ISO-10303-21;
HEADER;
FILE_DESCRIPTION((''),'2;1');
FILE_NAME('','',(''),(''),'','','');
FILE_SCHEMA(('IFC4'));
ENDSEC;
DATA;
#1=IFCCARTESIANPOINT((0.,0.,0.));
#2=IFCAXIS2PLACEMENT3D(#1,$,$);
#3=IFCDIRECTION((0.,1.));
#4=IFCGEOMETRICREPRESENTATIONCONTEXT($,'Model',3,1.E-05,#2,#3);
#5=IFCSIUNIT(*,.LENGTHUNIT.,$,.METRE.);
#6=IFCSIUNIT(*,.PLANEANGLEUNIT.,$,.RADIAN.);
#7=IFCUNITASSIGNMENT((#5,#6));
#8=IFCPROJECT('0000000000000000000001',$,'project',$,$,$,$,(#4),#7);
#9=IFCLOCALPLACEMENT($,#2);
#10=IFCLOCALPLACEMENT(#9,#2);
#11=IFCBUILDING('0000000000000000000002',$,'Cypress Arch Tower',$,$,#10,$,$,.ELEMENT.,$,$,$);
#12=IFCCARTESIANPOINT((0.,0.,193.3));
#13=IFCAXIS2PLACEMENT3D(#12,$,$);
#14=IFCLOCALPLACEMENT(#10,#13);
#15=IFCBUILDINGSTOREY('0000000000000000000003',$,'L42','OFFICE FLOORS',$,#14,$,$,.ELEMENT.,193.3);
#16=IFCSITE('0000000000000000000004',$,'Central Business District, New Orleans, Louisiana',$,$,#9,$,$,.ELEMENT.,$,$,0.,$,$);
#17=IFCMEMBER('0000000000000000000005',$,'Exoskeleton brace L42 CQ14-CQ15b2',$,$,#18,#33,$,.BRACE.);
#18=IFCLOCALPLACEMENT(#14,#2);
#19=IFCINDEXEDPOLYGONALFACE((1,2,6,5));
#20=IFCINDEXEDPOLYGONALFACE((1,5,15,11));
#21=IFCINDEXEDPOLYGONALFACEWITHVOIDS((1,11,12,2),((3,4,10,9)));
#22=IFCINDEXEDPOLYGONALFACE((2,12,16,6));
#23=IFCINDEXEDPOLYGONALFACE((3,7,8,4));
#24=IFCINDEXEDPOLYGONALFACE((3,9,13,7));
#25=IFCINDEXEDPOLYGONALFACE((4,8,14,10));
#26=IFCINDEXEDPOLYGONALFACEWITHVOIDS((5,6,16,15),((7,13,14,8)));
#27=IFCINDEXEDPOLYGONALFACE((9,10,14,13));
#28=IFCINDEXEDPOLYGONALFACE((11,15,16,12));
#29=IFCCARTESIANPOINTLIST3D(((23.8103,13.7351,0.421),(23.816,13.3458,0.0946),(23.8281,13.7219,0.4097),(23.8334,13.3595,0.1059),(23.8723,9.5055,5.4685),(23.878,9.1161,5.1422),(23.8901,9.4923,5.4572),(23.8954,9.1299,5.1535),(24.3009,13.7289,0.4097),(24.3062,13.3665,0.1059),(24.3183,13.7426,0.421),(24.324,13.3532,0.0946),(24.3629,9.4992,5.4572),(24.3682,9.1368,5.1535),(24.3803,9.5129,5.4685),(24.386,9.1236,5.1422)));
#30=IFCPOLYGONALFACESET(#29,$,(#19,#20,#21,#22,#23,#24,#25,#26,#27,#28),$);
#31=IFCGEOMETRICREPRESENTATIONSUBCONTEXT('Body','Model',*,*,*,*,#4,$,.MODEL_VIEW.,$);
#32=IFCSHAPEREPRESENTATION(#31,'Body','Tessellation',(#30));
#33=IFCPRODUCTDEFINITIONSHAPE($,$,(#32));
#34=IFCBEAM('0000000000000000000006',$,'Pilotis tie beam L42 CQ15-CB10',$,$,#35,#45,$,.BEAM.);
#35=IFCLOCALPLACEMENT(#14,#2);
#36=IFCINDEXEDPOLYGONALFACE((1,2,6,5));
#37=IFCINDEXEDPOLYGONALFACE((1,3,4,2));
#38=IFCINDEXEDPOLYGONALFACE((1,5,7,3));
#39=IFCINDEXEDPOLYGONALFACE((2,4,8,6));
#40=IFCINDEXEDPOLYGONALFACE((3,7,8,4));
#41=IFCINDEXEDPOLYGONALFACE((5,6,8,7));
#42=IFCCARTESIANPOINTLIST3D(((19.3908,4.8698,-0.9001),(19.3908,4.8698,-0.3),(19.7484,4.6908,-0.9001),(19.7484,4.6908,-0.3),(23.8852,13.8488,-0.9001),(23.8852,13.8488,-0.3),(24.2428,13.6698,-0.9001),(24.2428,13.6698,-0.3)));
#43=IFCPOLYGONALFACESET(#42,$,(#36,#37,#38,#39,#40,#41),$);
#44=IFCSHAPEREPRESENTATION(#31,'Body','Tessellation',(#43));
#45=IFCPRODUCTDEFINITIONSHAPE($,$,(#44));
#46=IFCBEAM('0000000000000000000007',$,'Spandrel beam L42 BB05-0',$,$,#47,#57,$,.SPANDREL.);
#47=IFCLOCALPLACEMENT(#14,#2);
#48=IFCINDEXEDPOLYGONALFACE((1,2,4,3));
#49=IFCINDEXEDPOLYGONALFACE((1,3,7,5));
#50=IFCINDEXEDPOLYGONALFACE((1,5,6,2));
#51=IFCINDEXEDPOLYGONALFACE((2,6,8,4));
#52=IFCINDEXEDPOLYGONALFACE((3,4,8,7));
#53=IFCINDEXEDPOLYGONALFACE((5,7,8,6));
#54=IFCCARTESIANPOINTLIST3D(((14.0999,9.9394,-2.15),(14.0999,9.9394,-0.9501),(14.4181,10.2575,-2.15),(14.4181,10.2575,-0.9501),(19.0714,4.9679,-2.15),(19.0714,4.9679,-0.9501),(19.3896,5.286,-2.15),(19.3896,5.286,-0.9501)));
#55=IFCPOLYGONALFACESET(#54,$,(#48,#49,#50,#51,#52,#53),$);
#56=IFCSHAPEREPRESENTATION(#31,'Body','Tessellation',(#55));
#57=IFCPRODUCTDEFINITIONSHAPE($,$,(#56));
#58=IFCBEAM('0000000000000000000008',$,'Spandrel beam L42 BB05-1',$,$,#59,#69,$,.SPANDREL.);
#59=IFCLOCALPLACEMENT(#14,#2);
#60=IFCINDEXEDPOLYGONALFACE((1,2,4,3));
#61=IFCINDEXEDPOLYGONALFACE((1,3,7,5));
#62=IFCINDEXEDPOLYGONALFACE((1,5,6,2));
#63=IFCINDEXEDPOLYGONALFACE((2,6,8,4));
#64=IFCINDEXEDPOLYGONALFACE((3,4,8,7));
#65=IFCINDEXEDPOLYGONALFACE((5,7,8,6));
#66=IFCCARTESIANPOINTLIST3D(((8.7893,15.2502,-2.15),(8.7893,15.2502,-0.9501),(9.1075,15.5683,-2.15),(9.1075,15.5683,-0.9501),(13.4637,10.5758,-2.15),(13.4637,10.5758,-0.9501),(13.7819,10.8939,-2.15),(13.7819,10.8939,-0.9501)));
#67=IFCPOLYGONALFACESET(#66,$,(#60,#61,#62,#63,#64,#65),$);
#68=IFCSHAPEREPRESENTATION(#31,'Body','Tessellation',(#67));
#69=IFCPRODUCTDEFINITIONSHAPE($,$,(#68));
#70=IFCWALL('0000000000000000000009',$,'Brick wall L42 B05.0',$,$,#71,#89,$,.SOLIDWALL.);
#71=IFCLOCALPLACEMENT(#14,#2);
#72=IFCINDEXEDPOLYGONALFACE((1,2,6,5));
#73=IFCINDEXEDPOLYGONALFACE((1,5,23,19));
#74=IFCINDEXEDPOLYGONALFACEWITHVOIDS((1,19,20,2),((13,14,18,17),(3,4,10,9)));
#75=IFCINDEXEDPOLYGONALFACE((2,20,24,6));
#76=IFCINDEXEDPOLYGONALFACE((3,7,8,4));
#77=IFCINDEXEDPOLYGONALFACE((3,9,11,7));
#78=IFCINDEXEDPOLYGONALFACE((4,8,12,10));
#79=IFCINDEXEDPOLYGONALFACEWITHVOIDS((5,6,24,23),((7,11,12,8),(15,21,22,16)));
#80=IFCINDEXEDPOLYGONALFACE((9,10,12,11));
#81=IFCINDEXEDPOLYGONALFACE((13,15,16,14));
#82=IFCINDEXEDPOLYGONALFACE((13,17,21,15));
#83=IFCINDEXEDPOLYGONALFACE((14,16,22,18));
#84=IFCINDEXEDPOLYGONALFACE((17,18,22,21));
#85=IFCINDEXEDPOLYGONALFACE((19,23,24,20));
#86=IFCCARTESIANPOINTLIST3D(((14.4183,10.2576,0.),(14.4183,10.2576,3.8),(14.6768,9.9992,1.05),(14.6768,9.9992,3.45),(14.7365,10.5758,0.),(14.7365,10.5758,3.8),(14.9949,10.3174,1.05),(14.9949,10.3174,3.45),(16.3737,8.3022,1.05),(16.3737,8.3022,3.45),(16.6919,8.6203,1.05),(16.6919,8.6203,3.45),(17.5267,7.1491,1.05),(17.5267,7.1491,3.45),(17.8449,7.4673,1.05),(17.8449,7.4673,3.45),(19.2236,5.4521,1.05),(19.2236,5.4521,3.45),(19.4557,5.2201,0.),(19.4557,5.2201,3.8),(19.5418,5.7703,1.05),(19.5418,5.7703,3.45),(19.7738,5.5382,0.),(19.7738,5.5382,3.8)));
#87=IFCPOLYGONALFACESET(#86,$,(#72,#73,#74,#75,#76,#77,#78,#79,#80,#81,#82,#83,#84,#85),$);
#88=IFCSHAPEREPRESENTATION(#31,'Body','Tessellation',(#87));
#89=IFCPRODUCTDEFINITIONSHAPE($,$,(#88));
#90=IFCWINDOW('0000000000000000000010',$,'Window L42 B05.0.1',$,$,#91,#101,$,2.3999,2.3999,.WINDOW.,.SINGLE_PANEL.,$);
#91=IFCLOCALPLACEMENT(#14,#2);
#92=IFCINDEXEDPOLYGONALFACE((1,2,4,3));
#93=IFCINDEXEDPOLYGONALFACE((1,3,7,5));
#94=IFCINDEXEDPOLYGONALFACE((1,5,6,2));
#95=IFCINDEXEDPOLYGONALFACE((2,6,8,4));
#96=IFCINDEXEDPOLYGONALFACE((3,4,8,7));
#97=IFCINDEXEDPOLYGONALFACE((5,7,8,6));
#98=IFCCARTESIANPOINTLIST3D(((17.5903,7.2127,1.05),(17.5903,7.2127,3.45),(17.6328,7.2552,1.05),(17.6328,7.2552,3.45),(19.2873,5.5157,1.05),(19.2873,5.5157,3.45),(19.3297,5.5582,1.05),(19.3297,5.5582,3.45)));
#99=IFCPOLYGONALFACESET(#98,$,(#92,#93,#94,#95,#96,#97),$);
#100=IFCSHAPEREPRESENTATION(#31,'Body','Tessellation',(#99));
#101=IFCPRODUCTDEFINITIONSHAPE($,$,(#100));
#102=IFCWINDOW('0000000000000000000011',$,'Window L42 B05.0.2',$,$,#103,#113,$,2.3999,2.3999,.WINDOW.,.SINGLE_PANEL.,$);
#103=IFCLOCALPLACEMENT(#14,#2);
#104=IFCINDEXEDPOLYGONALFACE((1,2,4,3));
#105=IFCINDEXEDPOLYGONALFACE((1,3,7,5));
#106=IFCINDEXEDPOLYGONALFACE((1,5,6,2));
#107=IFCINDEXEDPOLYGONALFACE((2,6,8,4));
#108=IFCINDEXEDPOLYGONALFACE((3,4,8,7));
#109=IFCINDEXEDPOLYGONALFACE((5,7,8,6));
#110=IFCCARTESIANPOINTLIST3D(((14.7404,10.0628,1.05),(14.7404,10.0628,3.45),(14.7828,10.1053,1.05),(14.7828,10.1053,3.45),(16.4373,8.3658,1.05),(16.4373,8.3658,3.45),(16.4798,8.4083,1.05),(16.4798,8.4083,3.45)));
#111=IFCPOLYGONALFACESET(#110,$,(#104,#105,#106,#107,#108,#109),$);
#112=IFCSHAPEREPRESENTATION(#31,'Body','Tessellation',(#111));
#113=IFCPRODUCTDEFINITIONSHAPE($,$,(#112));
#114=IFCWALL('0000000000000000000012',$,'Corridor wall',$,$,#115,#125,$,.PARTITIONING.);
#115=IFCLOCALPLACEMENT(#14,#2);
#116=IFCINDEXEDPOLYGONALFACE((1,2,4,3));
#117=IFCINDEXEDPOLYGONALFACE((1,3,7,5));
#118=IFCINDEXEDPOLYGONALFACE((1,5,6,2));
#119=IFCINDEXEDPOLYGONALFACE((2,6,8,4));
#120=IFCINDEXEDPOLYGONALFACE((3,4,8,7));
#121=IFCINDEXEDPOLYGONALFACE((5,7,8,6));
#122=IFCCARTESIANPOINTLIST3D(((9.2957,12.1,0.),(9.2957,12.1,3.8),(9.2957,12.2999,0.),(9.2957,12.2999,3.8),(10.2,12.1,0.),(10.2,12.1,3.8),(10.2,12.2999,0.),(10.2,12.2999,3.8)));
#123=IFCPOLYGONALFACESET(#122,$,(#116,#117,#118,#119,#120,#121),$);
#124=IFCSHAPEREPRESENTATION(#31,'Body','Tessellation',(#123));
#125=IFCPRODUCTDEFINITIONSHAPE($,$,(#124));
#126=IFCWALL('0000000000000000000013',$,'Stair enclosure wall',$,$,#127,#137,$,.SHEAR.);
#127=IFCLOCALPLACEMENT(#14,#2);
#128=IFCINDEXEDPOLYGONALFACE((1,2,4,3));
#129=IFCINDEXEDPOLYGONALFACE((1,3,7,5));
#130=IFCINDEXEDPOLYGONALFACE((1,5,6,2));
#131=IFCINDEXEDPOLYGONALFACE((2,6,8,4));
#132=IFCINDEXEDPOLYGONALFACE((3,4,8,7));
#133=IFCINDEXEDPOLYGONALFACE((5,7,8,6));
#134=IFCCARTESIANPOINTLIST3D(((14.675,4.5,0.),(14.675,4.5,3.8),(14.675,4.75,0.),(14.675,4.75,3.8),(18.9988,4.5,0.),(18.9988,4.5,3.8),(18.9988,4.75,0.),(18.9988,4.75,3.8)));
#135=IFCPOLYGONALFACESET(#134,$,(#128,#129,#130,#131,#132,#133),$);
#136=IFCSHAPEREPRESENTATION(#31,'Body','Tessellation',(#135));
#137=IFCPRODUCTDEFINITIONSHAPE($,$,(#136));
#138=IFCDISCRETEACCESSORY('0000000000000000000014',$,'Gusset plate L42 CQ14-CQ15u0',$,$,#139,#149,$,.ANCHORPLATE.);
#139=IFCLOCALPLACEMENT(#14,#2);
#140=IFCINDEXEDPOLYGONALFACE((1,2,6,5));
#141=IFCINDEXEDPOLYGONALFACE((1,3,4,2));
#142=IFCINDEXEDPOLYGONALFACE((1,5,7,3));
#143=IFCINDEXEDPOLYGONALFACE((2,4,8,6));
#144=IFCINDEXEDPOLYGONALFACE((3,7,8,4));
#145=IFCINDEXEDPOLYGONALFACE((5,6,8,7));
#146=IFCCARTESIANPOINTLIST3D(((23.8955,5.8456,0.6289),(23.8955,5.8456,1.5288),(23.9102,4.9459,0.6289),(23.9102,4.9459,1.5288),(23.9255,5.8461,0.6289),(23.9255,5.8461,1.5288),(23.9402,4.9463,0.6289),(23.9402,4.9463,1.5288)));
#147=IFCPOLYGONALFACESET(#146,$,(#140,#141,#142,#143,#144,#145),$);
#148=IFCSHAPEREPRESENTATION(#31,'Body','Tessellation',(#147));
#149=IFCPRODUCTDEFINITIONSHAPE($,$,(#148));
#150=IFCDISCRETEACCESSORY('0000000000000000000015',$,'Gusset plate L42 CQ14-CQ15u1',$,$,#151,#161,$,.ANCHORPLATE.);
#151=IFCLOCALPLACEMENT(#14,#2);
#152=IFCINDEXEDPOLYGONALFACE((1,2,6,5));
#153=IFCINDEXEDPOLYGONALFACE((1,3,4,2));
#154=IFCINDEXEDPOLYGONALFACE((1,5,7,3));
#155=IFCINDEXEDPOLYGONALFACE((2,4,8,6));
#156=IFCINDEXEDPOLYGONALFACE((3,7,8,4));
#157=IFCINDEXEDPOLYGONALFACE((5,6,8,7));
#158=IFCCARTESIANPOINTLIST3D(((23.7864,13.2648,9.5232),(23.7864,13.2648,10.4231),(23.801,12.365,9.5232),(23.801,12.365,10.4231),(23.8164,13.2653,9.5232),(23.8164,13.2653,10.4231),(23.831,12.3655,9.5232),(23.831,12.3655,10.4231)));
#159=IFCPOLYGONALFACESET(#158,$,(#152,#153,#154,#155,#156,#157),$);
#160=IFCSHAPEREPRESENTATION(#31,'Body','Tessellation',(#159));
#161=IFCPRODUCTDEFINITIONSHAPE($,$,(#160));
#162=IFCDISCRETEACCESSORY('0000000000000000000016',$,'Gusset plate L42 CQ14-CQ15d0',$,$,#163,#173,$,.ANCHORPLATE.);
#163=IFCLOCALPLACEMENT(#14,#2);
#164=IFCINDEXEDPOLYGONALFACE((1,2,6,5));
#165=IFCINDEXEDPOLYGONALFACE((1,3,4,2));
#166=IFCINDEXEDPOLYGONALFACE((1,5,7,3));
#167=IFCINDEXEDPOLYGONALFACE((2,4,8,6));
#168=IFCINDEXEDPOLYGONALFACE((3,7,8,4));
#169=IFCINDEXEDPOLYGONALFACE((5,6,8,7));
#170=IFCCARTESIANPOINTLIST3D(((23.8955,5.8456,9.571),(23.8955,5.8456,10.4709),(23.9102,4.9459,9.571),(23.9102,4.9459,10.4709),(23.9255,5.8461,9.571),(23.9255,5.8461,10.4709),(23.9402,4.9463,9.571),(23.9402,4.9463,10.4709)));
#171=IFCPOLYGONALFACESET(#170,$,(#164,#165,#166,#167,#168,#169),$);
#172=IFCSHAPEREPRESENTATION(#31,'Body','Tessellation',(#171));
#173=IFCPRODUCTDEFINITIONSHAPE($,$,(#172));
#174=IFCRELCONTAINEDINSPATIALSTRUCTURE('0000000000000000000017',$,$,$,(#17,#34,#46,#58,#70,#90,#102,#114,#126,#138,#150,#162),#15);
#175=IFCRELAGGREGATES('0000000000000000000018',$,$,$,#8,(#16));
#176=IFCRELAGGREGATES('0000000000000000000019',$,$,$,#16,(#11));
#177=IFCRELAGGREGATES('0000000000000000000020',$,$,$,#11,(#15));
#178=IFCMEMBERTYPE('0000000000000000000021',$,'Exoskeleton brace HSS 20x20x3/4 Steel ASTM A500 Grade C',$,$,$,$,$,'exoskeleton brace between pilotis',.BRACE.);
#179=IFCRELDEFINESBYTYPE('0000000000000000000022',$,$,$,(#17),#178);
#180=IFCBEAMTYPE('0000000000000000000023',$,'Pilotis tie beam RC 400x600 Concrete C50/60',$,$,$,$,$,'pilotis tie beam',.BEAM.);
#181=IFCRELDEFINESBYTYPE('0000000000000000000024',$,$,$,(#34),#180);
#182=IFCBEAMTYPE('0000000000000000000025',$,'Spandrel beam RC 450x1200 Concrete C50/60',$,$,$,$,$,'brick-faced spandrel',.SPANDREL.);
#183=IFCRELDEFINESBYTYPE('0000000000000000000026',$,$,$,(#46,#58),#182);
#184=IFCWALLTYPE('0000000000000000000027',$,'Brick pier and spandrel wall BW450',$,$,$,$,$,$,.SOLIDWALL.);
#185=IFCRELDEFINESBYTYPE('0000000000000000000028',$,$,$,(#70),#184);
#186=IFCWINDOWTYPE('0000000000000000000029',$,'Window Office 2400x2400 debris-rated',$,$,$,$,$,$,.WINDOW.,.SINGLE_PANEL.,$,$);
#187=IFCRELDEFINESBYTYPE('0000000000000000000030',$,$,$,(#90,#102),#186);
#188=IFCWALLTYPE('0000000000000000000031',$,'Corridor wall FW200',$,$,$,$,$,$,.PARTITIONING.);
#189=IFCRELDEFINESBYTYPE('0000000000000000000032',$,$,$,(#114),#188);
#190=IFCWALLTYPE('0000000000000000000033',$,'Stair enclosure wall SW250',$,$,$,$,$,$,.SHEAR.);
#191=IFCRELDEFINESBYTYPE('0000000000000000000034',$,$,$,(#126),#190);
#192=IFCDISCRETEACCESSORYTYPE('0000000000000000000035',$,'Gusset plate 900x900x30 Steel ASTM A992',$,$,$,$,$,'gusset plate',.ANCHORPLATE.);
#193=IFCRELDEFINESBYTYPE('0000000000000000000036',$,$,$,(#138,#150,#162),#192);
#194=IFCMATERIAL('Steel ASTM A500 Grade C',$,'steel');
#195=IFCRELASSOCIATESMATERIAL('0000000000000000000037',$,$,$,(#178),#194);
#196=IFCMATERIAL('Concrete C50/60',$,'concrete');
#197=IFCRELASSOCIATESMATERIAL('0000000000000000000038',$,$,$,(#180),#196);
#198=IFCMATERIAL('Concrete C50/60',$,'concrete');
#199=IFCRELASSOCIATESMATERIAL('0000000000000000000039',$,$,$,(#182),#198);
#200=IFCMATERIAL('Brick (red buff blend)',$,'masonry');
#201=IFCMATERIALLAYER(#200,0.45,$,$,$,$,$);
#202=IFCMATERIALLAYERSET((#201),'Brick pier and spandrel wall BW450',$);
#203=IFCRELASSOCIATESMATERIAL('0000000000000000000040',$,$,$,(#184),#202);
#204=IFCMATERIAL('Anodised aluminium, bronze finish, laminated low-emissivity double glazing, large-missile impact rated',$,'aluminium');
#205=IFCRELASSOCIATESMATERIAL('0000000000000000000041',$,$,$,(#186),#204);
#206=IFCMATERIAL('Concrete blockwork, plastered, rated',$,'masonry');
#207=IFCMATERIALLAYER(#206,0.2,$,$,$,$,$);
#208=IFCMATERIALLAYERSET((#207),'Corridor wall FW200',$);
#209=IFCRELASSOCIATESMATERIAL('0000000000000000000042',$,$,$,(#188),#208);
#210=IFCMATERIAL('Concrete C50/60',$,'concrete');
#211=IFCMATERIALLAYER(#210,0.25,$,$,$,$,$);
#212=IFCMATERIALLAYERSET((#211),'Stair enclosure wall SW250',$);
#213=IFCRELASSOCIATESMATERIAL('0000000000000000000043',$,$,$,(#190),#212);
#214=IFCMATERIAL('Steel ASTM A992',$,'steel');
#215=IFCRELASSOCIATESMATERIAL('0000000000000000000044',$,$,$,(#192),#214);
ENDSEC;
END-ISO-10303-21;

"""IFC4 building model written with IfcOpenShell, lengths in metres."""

from ifc_helpers import new_model, si_unit, direction, frame, frame_2d, origin, origin_2d, place, context, subcontext, project, spatial, rectangle, hollow_rectangle, extrude, material, layer, layer_set, material_profile, profile_set, type_object, element, fill, save


model = new_model("IFC4")

# Units and contexts
model_context = context("Model", 3, precision=1e-05, world=origin(), true_north=direction((0.0, 1.0)))
body_context = subcontext(model_context, "Body", "Model", "MODEL_VIEW")
ifc_project = project(units=[si_unit("LENGTHUNIT", "METRE"), si_unit("PLANEANGLEUNIT", "RADIAN")], contexts=[model_context])

# Site, building, storey
site_placement = place(None, origin())
site = spatial("IfcSite", under=ifc_project, at=site_placement, Name="Central Business District, New Orleans, Louisiana", CompositionType="ELEMENT", RefElevation=0.0)
building_placement = place(site_placement, origin())
building = spatial("IfcBuilding", under=site, at=building_placement, Name="Cypress Arch Tower", CompositionType="ELEMENT")
storey_placement = place(building_placement, frame((0.0, 0.0, 193.3)))
storey = spatial("IfcBuildingStorey", under=building, at=storey_placement, Name="L42", Description="OFFICE FLOORS", CompositionType="ELEMENT", Elevation=193.3)

# Member
ifc_material_1 = material(Name="Steel ASTM A500 Grade C", Category="steel")
ifc_material_profile_1 = material_profile(ifc_material_1, hollow_rectangle(XDim=0.5081, YDim=0.5081, WallThickness=0.0176, at=origin_2d()), Name="HSS 20x20x3/4")
ifc_profile_set_1 = profile_set([ifc_material_profile_1], Name="Steel ASTM A500 Grade C")
member_type = type_object("IfcMemberType", Name="Exoskeleton brace HSS 20x20x3/4 Steel ASTM A500 Grade C", ElementType="exoskeleton brace between pilotis", PredefinedType="BRACE", material=ifc_profile_set_1)
member_1_placement = place(storey_placement, frame((24.0671, 13.5442, 0.2578), z_axis=(0.009416, -0.64225, 0.766437), x_axis=(0.999893, 0.014659, 0.0)))
element("IfcMember", 1, at=member_1_placement, inside=storey, type_object=member_type, Name="Exoskeleton brace L42 CQ14-CQ15b2", PredefinedType="BRACE", context=body_context, shape_type="SweptSolid", body=[
    extrude(hollow_rectangle(XDim=0.5081, YDim=0.5081, WallThickness=0.0176, at=origin_2d()), origin(), (0.0, 0.0, 1.0), 6.5857),
])

# Beams
ifc_material_2 = material(Name="Concrete C50/60", Category="concrete")
ifc_material_profile_2 = material_profile(ifc_material_2, rectangle(XDim=0.3999, YDim=0.6001, at=origin_2d()), Name="RC 400x600")
ifc_profile_set_2 = profile_set([ifc_material_profile_2], Name="Concrete C50/60")
beam_type_1 = type_object("IfcBeamType", Name="Pilotis tie beam RC 400x600 Concrete C50/60", ElementType="pilotis tie beam", PredefinedType="BEAM", material=ifc_profile_set_2)
beam_1_placement = place(storey_placement, frame((24.064, 13.7593, -0.6001), z_axis=(-0.447603, -0.894233, 0.0), x_axis=(0.894233, -0.447603, 0.0)))
element("IfcBeam", 2, at=beam_1_placement, inside=storey, type_object=beam_type_1, Name="Pilotis tie beam L42 CQ15-CB10", PredefinedType="BEAM", context=body_context, shape_type="SweptSolid", body=[
    extrude(rectangle(XDim=0.3999, YDim=0.6001, at=origin_2d()), origin(), (0.0, 0.0, 1.0), 10.041),
])
ifc_material_3 = material(Name="Concrete C50/60", Category="concrete")
ifc_material_profile_3 = material_profile(ifc_material_3, rectangle(XDim=0.45, YDim=1.2, at=origin_2d()), Name="RC 450x1200")
ifc_profile_set_3 = profile_set([ifc_material_profile_3], Name="Concrete C50/60")
beam_type_2 = type_object("IfcBeamType", Name="Spandrel beam RC 450x1200 Concrete C50/60", ElementType="brick-faced spandrel", PredefinedType="SPANDREL", material=ifc_profile_set_3)
beam_2_placement = place(storey_placement, frame((19.2305, 5.127, -1.55), z_axis=(-0.707107, 0.707107, 0.0), x_axis=(-0.707107, -0.707107, 0.0)))
element("IfcBeam", 3, at=beam_2_placement, inside=storey, type_object=beam_type_2, Name="Spandrel beam L42 BB05-0", PredefinedType="SPANDREL", context=body_context, shape_type="SweptSolid", body=[
    extrude(rectangle(XDim=0.45, YDim=1.2, at=origin_2d()), origin(), (0.0, 0.0, 1.0), 7.0308),
])
beam_3_placement = place(storey_placement, frame((13.6228, 10.7349, -1.55), z_axis=(-0.707107, 0.707107, 0.0), x_axis=(-0.707107, -0.707107, 0.0)))
element("IfcBeam", 4, at=beam_3_placement, inside=storey, type_object=beam_type_2, Name="Spandrel beam L42 BB05-1", PredefinedType="SPANDREL", context=body_context, shape_type="SweptSolid", body=[
    extrude(rectangle(XDim=0.45, YDim=1.2, at=origin_2d()), origin(), (0.0, 0.0, 1.0), 6.6106),
])

# Wall, openings, windows
ifc_material_4 = material(Name="Brick (red buff blend)", Category="masonry")
ifc_layer_1 = layer(ifc_material_4, 0.45)
ifc_layer_set_1 = layer_set([ifc_layer_1], Name="Brick pier and spandrel wall BW450")
wall_type_1 = type_object("IfcWallType", Name="Brick pier and spandrel wall BW450", PredefinedType="SOLIDWALL", material=ifc_layer_set_1)
wall_1_placement = place(storey_placement, frame((19.6147, 5.3792, 0.0), z_axis=(0.0, 0.0, 1.0), x_axis=(-0.70709, 0.707124, 0.0)))
wall_1 = element("IfcWall", 5, at=wall_1_placement, inside=storey, type_object=wall_type_1, Name="Brick wall L42 B05.0", PredefinedType="SOLIDWALL", context=body_context, shape_type="SweptSolid", body=[
    extrude(rectangle(XDim=7.124, YDim=0.45, at=frame_2d((3.562, 0.0))), origin(), (0.0, 0.0, 1.0), 3.8),
])
opening_1_placement = place(wall_1_placement, frame((0.3281, 0.0, 1.05)))
opening_1 = element("IfcOpeningElement", 6, at=opening_1_placement, cuts=wall_1, PredefinedType="OPENING", context=body_context, shape_type="SweptSolid", body=[
    extrude(rectangle(XDim=2.3999, YDim=2.3999, at=frame_2d((1.2, 1.2))), frame((0.0, 0.2349, 0.0), z_axis=(0.0, -1.0, 0.0), x_axis=(1.0, 0.0, 0.0)), (0.0, 0.0, 1.0), 0.47),
])
opening_2_placement = place(wall_1_placement, frame((4.3586, 0.0, 1.05)))
opening_2 = element("IfcOpeningElement", 7, at=opening_2_placement, cuts=wall_1, PredefinedType="OPENING", context=body_context, shape_type="SweptSolid", body=[
    extrude(rectangle(XDim=2.3999, YDim=2.3999, at=frame_2d((1.2, 1.2))), frame((0.0, 0.2349, 0.0), z_axis=(0.0, -1.0, 0.0), x_axis=(1.0, 0.0, 0.0)), (0.0, 0.0, 1.0), 0.47),
])
ifc_material_5 = material(Name="Anodised aluminium, bronze finish, laminated low-emissivity double glazing, large-missile impact rated", Category="aluminium")
window_type = type_object("IfcWindowType", Name="Window Office 2400x2400 debris-rated", PartitioningType="SINGLE_PANEL", PredefinedType="WINDOW", material=ifc_material_5)
window_1_placement = place(opening_1_placement, origin())
window_1 = element("IfcWindow", 8, at=window_1_placement, inside=storey, type_object=window_type, Name="Window L42 B05.0.1", OverallHeight=2.3999, OverallWidth=2.3999, PartitioningType="SINGLE_PANEL", PredefinedType="WINDOW", context=body_context, shape_type="SweptSolid", body=[
    extrude(rectangle(XDim=2.3999, YDim=2.3999, at=frame_2d((1.2, 1.2))), frame((0.0, 0.135, 0.0), z_axis=(0.0, -1.0, 0.0), x_axis=(1.0, 0.0, 0.0)), (0.0, 0.0, 1.0), 0.0601),
])
fill(opening_1, window_1)
window_2_placement = place(opening_2_placement, origin())
window_2 = element("IfcWindow", 9, at=window_2_placement, inside=storey, type_object=window_type, Name="Window L42 B05.0.2", OverallHeight=2.3999, OverallWidth=2.3999, PartitioningType="SINGLE_PANEL", PredefinedType="WINDOW", context=body_context, shape_type="SweptSolid", body=[
    extrude(rectangle(XDim=2.3999, YDim=2.3999, at=frame_2d((1.2, 1.2))), frame((0.0, 0.135, 0.0), z_axis=(0.0, -1.0, 0.0), x_axis=(1.0, 0.0, 0.0)), (0.0, 0.0, 1.0), 0.0601),
])
fill(opening_2, window_2)

# Walls
ifc_material_6 = material(Name="Concrete blockwork, plastered, rated", Category="masonry")
ifc_layer_2 = layer(ifc_material_6, 0.2)
ifc_layer_set_2 = layer_set([ifc_layer_2], Name="Corridor wall FW200")
wall_type_2 = type_object("IfcWallType", Name="Corridor wall FW200", PredefinedType="PARTITIONING", material=ifc_layer_set_2)
wall_2_placement = place(storey_placement, frame((9.2957, 12.2, 0.0), z_axis=(0.0, 0.0, 1.0), x_axis=(1.0, 0.0, 0.0)))
element("IfcWall", 10, at=wall_2_placement, inside=storey, type_object=wall_type_2, Name="Corridor wall", PredefinedType="PARTITIONING", context=body_context, shape_type="SweptSolid", body=[
    extrude(rectangle(XDim=0.9043, YDim=0.2, at=frame_2d((0.4521, 0.0))), origin(), (0.0, 0.0, 1.0), 3.8),
])
ifc_material_7 = material(Name="Concrete C50/60", Category="concrete")
ifc_layer_3 = layer(ifc_material_7, 0.25)
ifc_layer_set_3 = layer_set([ifc_layer_3], Name="Stair enclosure wall SW250")
wall_type_3 = type_object("IfcWallType", Name="Stair enclosure wall SW250", PredefinedType="SHEAR", material=ifc_layer_set_3)
wall_3_placement = place(storey_placement, frame((14.675, 4.625, 0.0), z_axis=(0.0, 0.0, 1.0), x_axis=(1.0, 0.0, 0.0)))
element("IfcWall", 11, at=wall_3_placement, inside=storey, type_object=wall_type_3, Name="Stair enclosure wall", PredefinedType="SHEAR", context=body_context, shape_type="SweptSolid", body=[
    extrude(rectangle(XDim=4.3237, YDim=0.25, at=frame_2d((2.1619, 0.0))), origin(), (0.0, 0.0, 1.0), 3.8),
])

# Discrete accessories
ifc_material_8 = material(Name="Steel ASTM A992", Category="steel")
ifc_material_profile_4 = material_profile(ifc_material_8, rectangle(XDim=0.8999, YDim=0.8999, at=origin_2d()), Name="PL 30 900x900")
ifc_profile_set_4 = profile_set([ifc_material_profile_4], Name="Steel ASTM A992")
discrete_accessory_type_1 = type_object("IfcDiscreteAccessoryType", Name="Gusset plate 900x900x30 Steel ASTM A992", ElementType="gusset plate", PredefinedType="ANCHORPLATE", material=ifc_profile_set_4)
for number, where, z_axis, x_axis, name in (
    (12, (23.9329, 5.3962, 1.0789), (-0.999868, -0.016258, 0.0), (0.016258, -0.999868, 0.0), "Gusset plate L42 CQ14-CQ15u0"),
    (13, (23.8237, 12.8154, 9.9731), (-0.999868, -0.016258, 0.0), (0.016258, -0.999868, 0.0), "Gusset plate L42 CQ14-CQ15u1"),
    (14, (23.9329, 5.3962, 10.021), (-0.999868, -0.016258, 0.0), (0.016258, -0.999868, 0.0), "Gusset plate L42 CQ14-CQ15d0"),
):
    element("IfcDiscreteAccessory", number, at=place(storey_placement, frame(where, z_axis=z_axis, x_axis=x_axis)), inside=storey, type_object=discrete_accessory_type_1, Name=name, PredefinedType="ANCHORPLATE", context=body_context, shape_type="SweptSolid", body=[
        extrude(rectangle(XDim=0.8999, YDim=0.8999, at=origin_2d()), origin(), (0.0, 0.0, 1.0), 0.03),
    ])

save(model, "model.ifc")
